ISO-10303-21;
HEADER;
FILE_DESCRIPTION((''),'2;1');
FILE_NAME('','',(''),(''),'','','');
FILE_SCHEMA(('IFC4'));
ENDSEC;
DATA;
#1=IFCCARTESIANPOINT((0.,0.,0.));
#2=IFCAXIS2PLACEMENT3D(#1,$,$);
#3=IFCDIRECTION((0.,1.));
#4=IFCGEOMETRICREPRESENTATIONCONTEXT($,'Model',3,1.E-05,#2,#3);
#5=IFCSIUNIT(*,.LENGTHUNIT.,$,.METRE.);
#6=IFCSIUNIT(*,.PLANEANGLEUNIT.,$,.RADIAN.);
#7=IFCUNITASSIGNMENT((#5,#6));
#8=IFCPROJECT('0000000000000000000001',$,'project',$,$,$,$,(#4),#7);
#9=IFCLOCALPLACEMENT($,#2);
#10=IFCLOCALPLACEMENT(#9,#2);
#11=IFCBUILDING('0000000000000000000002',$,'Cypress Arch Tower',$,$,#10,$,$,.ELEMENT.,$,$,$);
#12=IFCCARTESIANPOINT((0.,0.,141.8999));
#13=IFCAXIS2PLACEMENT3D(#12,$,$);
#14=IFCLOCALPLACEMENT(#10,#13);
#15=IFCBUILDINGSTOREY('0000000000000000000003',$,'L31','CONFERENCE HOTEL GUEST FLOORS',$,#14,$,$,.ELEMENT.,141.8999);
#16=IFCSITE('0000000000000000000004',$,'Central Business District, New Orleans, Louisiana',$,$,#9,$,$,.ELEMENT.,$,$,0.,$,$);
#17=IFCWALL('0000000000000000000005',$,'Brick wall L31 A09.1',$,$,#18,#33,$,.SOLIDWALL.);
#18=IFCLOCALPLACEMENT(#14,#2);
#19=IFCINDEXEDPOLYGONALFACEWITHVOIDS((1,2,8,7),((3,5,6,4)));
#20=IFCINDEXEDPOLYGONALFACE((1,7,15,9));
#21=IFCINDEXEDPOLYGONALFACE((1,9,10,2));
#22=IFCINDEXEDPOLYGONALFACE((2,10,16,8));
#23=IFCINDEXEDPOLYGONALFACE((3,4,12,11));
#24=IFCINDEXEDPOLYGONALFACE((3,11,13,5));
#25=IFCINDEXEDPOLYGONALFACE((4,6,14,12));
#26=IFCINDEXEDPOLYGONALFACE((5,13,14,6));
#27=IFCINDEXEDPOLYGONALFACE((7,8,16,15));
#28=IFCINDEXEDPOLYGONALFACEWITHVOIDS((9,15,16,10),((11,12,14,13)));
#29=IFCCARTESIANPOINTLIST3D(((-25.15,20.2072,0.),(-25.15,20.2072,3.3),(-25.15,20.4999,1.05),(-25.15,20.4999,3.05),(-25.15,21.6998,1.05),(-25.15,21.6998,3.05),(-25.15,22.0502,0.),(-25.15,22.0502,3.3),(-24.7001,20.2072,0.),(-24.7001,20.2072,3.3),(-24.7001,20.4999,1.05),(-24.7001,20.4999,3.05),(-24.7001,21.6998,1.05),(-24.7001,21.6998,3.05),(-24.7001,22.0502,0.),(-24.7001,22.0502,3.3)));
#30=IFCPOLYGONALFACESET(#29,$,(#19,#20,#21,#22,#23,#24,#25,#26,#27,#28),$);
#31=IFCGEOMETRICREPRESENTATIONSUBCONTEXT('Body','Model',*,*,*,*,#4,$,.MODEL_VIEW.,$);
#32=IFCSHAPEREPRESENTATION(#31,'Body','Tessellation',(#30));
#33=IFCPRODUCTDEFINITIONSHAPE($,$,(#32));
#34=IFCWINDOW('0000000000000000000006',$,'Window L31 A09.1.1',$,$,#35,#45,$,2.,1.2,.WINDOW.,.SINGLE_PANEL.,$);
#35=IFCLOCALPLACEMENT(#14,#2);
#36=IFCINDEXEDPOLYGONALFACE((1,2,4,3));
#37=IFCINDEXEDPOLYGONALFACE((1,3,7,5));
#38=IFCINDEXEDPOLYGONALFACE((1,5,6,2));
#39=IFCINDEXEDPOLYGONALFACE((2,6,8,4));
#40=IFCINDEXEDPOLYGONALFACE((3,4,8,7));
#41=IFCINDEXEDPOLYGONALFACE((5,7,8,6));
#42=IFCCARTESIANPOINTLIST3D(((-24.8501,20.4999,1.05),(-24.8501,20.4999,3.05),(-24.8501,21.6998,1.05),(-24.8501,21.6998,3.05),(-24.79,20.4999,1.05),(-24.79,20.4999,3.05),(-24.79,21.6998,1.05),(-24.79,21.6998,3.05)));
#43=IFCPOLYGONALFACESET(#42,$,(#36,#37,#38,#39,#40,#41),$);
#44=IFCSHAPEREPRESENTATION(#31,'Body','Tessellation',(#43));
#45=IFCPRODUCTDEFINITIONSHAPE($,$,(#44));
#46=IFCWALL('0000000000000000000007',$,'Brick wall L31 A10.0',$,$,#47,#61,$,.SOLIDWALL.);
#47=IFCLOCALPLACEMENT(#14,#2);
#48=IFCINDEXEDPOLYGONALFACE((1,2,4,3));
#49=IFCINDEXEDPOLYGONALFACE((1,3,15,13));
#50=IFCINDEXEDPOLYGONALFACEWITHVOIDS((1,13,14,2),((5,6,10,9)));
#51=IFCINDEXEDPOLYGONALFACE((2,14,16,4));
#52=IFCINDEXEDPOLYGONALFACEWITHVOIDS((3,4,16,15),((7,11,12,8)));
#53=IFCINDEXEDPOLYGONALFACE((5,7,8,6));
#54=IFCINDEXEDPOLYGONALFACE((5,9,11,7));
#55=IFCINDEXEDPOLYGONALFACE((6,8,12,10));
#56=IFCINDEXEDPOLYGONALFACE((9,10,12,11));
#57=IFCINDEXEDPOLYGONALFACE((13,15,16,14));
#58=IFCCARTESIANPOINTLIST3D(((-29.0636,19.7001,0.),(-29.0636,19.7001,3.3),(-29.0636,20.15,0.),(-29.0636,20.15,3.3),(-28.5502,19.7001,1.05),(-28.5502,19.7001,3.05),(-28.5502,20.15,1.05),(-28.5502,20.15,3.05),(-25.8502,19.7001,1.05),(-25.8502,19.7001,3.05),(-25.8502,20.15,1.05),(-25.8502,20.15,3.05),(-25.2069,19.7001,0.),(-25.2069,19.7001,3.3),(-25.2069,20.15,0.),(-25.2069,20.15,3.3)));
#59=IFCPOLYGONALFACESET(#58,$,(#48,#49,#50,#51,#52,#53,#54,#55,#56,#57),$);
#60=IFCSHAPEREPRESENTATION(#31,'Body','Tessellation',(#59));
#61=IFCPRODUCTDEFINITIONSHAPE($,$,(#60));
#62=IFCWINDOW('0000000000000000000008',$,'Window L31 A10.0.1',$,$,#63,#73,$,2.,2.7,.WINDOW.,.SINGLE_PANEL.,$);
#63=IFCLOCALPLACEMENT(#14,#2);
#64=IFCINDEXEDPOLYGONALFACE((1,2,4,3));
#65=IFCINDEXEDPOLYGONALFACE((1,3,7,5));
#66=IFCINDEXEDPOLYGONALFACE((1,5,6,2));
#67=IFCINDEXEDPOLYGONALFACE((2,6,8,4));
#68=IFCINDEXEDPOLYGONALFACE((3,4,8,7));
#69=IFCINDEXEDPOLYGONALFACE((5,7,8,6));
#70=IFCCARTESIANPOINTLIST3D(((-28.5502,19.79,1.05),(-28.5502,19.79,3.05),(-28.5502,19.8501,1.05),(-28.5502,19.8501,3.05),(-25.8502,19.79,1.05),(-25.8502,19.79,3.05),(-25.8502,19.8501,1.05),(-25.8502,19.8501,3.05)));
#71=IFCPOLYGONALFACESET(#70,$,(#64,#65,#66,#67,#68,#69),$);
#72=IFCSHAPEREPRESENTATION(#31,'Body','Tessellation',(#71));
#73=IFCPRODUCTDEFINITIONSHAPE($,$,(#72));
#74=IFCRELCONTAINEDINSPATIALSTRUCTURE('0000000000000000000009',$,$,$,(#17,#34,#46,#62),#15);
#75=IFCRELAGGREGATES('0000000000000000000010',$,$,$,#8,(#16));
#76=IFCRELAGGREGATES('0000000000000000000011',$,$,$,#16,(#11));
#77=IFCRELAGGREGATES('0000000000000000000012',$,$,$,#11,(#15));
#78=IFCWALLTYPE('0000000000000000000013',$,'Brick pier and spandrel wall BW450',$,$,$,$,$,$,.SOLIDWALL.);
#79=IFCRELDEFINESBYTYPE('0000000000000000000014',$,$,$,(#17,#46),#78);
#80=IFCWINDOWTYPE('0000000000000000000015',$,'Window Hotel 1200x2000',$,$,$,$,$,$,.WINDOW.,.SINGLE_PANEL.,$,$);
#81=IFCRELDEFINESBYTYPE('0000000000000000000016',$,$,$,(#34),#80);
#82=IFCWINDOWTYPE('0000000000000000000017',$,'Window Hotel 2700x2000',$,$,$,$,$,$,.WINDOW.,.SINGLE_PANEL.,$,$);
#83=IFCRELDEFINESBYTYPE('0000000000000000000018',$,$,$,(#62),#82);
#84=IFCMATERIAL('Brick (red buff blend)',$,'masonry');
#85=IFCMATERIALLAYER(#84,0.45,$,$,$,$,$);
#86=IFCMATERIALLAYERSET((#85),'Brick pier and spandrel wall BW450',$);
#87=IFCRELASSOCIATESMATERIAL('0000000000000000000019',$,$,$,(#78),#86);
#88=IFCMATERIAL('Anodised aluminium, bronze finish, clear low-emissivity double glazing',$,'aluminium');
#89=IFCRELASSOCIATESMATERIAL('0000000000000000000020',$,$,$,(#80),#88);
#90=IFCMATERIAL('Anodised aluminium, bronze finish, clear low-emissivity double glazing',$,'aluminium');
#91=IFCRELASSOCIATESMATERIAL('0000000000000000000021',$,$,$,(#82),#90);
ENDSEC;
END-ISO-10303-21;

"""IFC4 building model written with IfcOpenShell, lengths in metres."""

from ifc_helpers import new_model, si_unit, direction, frame, frame_2d, origin, place, context, subcontext, project, spatial, rectangle, extrude, material, layer, layer_set, type_object, element, fill, save


model = new_model("IFC4")

# Units and contexts
model_context = context("Model", 3, precision=1e-05, world=origin(), true_north=direction((0.0, 1.0)))
body_context = subcontext(model_context, "Body", "Model", "MODEL_VIEW")
ifc_project = project(units=[si_unit("LENGTHUNIT", "METRE"), si_unit("PLANEANGLEUNIT", "RADIAN")], contexts=[model_context])

# Site, building, storey
site_placement = place(None, origin())
site = spatial("IfcSite", under=ifc_project, at=site_placement, Name="Central Business District, New Orleans, Louisiana", CompositionType="ELEMENT", RefElevation=0.0)
building_placement = place(site_placement, origin())
building = spatial("IfcBuilding", under=site, at=building_placement, Name="Cypress Arch Tower", CompositionType="ELEMENT")
storey_placement = place(building_placement, frame((0.0, 0.0, 141.8999)))
storey = spatial("IfcBuildingStorey", under=building, at=storey_placement, Name="L31", Description="CONFERENCE HOTEL GUEST FLOORS", CompositionType="ELEMENT", Elevation=141.8999)

# Shared definitions
ifc_material_1 = material(Name="Brick (red buff blend)", Category="masonry")
ifc_layer = layer(ifc_material_1, 0.45)
ifc_layer_set = layer_set([ifc_layer], Name="Brick pier and spandrel wall BW450")
wall_type = type_object("IfcWallType", Name="Brick pier and spandrel wall BW450", PredefinedType="SOLIDWALL", material=ifc_layer_set)

# Walls, openings, windows
wall_1_placement = place(storey_placement, frame((-24.925, 22.05, 0.0), z_axis=(0.0, 0.0, 1.0), x_axis=(0.0, -1.0, 0.0)))
wall_1 = element("IfcWall", 1, at=wall_1_placement, inside=storey, type_object=wall_type, Name="Brick wall L31 A09.1", PredefinedType="SOLIDWALL", context=body_context, shape_type="SweptSolid", body=[
    extrude(rectangle(XDim=1.843, YDim=0.45, at=frame_2d((0.9214, 0.0))), origin(), (0.0, 0.0, 1.0), 3.3),
])
opening_1_placement = place(wall_1_placement, frame((0.3501, 0.0, 1.05)))
opening_1 = element("IfcOpeningElement", 2, at=opening_1_placement, cuts=wall_1, PredefinedType="OPENING", context=body_context, shape_type="SweptSolid", body=[
    extrude(rectangle(XDim=1.2, YDim=2.0, at=frame_2d((0.6001, 1.0))), frame((0.0, 0.2349, 0.0), z_axis=(0.0, -1.0, 0.0), x_axis=(1.0, 0.0, 0.0)), (0.0, 0.0, 1.0), 0.47),
])
ifc_material_2 = material(Name="Anodised aluminium, bronze finish, clear low-emissivity double glazing", Category="aluminium")
window_type_1 = type_object("IfcWindowType", Name="Window Hotel 1200x2000", PartitioningType="SINGLE_PANEL", PredefinedType="WINDOW", material=ifc_material_2)
window_1_placement = place(opening_1_placement, origin())
window_1 = element("IfcWindow", 3, at=window_1_placement, inside=storey, type_object=window_type_1, Name="Window L31 A09.1.1", OverallHeight=2.0, OverallWidth=1.2, PartitioningType="SINGLE_PANEL", PredefinedType="WINDOW", context=body_context, shape_type="SweptSolid", body=[
    extrude(rectangle(XDim=1.2, YDim=2.0, at=frame_2d((0.6001, 1.0))), frame((0.0, 0.135, 0.0), z_axis=(0.0, -1.0, 0.0), x_axis=(1.0, 0.0, 0.0)), (0.0, 0.0, 1.0), 0.0601),
])
fill(opening_1, window_1)
wall_2_placement = place(storey_placement, frame((-25.207, 19.925, 0.0), z_axis=(0.0, 0.0, 1.0), x_axis=(-1.0, 0.0, 0.0)))
wall_2 = element("IfcWall", 4, at=wall_2_placement, inside=storey, type_object=wall_type, Name="Brick wall L31 A10.0", PredefinedType="SOLIDWALL", context=body_context, shape_type="SweptSolid", body=[
    extrude(rectangle(XDim=3.8567, YDim=0.45, at=frame_2d((1.9282, 0.0))), origin(), (0.0, 0.0, 1.0), 3.3),
])
opening_2_placement = place(wall_2_placement, frame((0.6431, 0.0, 1.05)))
opening_2 = element("IfcOpeningElement", 5, at=opening_2_placement, cuts=wall_2, PredefinedType="OPENING", context=body_context, shape_type="SweptSolid", body=[
    extrude(rectangle(XDim=2.7, YDim=2.0, at=frame_2d((1.3501, 1.0))), frame((0.0, 0.2349, 0.0), z_axis=(0.0, -1.0, 0.0), x_axis=(1.0, 0.0, 0.0)), (0.0, 0.0, 1.0), 0.47),
])
ifc_material_3 = material(Name="Anodised aluminium, bronze finish, clear low-emissivity double glazing", Category="aluminium")
window_type_2 = type_object("IfcWindowType", Name="Window Hotel 2700x2000", PartitioningType="SINGLE_PANEL", PredefinedType="WINDOW", material=ifc_material_3)
window_2_placement = place(opening_2_placement, origin())
window_2 = element("IfcWindow", 6, at=window_2_placement, inside=storey, type_object=window_type_2, Name="Window L31 A10.0.1", OverallHeight=2.0, OverallWidth=2.7, PartitioningType="SINGLE_PANEL", PredefinedType="WINDOW", context=body_context, shape_type="SweptSolid", body=[
    extrude(rectangle(XDim=2.7, YDim=2.0, at=frame_2d((1.3501, 1.0))), frame((0.0, 0.135, 0.0), z_axis=(0.0, -1.0, 0.0), x_axis=(1.0, 0.0, 0.0)), (0.0, 0.0, 1.0), 0.0601),
])
fill(opening_2, window_2)

save(model, "model.ifc")
